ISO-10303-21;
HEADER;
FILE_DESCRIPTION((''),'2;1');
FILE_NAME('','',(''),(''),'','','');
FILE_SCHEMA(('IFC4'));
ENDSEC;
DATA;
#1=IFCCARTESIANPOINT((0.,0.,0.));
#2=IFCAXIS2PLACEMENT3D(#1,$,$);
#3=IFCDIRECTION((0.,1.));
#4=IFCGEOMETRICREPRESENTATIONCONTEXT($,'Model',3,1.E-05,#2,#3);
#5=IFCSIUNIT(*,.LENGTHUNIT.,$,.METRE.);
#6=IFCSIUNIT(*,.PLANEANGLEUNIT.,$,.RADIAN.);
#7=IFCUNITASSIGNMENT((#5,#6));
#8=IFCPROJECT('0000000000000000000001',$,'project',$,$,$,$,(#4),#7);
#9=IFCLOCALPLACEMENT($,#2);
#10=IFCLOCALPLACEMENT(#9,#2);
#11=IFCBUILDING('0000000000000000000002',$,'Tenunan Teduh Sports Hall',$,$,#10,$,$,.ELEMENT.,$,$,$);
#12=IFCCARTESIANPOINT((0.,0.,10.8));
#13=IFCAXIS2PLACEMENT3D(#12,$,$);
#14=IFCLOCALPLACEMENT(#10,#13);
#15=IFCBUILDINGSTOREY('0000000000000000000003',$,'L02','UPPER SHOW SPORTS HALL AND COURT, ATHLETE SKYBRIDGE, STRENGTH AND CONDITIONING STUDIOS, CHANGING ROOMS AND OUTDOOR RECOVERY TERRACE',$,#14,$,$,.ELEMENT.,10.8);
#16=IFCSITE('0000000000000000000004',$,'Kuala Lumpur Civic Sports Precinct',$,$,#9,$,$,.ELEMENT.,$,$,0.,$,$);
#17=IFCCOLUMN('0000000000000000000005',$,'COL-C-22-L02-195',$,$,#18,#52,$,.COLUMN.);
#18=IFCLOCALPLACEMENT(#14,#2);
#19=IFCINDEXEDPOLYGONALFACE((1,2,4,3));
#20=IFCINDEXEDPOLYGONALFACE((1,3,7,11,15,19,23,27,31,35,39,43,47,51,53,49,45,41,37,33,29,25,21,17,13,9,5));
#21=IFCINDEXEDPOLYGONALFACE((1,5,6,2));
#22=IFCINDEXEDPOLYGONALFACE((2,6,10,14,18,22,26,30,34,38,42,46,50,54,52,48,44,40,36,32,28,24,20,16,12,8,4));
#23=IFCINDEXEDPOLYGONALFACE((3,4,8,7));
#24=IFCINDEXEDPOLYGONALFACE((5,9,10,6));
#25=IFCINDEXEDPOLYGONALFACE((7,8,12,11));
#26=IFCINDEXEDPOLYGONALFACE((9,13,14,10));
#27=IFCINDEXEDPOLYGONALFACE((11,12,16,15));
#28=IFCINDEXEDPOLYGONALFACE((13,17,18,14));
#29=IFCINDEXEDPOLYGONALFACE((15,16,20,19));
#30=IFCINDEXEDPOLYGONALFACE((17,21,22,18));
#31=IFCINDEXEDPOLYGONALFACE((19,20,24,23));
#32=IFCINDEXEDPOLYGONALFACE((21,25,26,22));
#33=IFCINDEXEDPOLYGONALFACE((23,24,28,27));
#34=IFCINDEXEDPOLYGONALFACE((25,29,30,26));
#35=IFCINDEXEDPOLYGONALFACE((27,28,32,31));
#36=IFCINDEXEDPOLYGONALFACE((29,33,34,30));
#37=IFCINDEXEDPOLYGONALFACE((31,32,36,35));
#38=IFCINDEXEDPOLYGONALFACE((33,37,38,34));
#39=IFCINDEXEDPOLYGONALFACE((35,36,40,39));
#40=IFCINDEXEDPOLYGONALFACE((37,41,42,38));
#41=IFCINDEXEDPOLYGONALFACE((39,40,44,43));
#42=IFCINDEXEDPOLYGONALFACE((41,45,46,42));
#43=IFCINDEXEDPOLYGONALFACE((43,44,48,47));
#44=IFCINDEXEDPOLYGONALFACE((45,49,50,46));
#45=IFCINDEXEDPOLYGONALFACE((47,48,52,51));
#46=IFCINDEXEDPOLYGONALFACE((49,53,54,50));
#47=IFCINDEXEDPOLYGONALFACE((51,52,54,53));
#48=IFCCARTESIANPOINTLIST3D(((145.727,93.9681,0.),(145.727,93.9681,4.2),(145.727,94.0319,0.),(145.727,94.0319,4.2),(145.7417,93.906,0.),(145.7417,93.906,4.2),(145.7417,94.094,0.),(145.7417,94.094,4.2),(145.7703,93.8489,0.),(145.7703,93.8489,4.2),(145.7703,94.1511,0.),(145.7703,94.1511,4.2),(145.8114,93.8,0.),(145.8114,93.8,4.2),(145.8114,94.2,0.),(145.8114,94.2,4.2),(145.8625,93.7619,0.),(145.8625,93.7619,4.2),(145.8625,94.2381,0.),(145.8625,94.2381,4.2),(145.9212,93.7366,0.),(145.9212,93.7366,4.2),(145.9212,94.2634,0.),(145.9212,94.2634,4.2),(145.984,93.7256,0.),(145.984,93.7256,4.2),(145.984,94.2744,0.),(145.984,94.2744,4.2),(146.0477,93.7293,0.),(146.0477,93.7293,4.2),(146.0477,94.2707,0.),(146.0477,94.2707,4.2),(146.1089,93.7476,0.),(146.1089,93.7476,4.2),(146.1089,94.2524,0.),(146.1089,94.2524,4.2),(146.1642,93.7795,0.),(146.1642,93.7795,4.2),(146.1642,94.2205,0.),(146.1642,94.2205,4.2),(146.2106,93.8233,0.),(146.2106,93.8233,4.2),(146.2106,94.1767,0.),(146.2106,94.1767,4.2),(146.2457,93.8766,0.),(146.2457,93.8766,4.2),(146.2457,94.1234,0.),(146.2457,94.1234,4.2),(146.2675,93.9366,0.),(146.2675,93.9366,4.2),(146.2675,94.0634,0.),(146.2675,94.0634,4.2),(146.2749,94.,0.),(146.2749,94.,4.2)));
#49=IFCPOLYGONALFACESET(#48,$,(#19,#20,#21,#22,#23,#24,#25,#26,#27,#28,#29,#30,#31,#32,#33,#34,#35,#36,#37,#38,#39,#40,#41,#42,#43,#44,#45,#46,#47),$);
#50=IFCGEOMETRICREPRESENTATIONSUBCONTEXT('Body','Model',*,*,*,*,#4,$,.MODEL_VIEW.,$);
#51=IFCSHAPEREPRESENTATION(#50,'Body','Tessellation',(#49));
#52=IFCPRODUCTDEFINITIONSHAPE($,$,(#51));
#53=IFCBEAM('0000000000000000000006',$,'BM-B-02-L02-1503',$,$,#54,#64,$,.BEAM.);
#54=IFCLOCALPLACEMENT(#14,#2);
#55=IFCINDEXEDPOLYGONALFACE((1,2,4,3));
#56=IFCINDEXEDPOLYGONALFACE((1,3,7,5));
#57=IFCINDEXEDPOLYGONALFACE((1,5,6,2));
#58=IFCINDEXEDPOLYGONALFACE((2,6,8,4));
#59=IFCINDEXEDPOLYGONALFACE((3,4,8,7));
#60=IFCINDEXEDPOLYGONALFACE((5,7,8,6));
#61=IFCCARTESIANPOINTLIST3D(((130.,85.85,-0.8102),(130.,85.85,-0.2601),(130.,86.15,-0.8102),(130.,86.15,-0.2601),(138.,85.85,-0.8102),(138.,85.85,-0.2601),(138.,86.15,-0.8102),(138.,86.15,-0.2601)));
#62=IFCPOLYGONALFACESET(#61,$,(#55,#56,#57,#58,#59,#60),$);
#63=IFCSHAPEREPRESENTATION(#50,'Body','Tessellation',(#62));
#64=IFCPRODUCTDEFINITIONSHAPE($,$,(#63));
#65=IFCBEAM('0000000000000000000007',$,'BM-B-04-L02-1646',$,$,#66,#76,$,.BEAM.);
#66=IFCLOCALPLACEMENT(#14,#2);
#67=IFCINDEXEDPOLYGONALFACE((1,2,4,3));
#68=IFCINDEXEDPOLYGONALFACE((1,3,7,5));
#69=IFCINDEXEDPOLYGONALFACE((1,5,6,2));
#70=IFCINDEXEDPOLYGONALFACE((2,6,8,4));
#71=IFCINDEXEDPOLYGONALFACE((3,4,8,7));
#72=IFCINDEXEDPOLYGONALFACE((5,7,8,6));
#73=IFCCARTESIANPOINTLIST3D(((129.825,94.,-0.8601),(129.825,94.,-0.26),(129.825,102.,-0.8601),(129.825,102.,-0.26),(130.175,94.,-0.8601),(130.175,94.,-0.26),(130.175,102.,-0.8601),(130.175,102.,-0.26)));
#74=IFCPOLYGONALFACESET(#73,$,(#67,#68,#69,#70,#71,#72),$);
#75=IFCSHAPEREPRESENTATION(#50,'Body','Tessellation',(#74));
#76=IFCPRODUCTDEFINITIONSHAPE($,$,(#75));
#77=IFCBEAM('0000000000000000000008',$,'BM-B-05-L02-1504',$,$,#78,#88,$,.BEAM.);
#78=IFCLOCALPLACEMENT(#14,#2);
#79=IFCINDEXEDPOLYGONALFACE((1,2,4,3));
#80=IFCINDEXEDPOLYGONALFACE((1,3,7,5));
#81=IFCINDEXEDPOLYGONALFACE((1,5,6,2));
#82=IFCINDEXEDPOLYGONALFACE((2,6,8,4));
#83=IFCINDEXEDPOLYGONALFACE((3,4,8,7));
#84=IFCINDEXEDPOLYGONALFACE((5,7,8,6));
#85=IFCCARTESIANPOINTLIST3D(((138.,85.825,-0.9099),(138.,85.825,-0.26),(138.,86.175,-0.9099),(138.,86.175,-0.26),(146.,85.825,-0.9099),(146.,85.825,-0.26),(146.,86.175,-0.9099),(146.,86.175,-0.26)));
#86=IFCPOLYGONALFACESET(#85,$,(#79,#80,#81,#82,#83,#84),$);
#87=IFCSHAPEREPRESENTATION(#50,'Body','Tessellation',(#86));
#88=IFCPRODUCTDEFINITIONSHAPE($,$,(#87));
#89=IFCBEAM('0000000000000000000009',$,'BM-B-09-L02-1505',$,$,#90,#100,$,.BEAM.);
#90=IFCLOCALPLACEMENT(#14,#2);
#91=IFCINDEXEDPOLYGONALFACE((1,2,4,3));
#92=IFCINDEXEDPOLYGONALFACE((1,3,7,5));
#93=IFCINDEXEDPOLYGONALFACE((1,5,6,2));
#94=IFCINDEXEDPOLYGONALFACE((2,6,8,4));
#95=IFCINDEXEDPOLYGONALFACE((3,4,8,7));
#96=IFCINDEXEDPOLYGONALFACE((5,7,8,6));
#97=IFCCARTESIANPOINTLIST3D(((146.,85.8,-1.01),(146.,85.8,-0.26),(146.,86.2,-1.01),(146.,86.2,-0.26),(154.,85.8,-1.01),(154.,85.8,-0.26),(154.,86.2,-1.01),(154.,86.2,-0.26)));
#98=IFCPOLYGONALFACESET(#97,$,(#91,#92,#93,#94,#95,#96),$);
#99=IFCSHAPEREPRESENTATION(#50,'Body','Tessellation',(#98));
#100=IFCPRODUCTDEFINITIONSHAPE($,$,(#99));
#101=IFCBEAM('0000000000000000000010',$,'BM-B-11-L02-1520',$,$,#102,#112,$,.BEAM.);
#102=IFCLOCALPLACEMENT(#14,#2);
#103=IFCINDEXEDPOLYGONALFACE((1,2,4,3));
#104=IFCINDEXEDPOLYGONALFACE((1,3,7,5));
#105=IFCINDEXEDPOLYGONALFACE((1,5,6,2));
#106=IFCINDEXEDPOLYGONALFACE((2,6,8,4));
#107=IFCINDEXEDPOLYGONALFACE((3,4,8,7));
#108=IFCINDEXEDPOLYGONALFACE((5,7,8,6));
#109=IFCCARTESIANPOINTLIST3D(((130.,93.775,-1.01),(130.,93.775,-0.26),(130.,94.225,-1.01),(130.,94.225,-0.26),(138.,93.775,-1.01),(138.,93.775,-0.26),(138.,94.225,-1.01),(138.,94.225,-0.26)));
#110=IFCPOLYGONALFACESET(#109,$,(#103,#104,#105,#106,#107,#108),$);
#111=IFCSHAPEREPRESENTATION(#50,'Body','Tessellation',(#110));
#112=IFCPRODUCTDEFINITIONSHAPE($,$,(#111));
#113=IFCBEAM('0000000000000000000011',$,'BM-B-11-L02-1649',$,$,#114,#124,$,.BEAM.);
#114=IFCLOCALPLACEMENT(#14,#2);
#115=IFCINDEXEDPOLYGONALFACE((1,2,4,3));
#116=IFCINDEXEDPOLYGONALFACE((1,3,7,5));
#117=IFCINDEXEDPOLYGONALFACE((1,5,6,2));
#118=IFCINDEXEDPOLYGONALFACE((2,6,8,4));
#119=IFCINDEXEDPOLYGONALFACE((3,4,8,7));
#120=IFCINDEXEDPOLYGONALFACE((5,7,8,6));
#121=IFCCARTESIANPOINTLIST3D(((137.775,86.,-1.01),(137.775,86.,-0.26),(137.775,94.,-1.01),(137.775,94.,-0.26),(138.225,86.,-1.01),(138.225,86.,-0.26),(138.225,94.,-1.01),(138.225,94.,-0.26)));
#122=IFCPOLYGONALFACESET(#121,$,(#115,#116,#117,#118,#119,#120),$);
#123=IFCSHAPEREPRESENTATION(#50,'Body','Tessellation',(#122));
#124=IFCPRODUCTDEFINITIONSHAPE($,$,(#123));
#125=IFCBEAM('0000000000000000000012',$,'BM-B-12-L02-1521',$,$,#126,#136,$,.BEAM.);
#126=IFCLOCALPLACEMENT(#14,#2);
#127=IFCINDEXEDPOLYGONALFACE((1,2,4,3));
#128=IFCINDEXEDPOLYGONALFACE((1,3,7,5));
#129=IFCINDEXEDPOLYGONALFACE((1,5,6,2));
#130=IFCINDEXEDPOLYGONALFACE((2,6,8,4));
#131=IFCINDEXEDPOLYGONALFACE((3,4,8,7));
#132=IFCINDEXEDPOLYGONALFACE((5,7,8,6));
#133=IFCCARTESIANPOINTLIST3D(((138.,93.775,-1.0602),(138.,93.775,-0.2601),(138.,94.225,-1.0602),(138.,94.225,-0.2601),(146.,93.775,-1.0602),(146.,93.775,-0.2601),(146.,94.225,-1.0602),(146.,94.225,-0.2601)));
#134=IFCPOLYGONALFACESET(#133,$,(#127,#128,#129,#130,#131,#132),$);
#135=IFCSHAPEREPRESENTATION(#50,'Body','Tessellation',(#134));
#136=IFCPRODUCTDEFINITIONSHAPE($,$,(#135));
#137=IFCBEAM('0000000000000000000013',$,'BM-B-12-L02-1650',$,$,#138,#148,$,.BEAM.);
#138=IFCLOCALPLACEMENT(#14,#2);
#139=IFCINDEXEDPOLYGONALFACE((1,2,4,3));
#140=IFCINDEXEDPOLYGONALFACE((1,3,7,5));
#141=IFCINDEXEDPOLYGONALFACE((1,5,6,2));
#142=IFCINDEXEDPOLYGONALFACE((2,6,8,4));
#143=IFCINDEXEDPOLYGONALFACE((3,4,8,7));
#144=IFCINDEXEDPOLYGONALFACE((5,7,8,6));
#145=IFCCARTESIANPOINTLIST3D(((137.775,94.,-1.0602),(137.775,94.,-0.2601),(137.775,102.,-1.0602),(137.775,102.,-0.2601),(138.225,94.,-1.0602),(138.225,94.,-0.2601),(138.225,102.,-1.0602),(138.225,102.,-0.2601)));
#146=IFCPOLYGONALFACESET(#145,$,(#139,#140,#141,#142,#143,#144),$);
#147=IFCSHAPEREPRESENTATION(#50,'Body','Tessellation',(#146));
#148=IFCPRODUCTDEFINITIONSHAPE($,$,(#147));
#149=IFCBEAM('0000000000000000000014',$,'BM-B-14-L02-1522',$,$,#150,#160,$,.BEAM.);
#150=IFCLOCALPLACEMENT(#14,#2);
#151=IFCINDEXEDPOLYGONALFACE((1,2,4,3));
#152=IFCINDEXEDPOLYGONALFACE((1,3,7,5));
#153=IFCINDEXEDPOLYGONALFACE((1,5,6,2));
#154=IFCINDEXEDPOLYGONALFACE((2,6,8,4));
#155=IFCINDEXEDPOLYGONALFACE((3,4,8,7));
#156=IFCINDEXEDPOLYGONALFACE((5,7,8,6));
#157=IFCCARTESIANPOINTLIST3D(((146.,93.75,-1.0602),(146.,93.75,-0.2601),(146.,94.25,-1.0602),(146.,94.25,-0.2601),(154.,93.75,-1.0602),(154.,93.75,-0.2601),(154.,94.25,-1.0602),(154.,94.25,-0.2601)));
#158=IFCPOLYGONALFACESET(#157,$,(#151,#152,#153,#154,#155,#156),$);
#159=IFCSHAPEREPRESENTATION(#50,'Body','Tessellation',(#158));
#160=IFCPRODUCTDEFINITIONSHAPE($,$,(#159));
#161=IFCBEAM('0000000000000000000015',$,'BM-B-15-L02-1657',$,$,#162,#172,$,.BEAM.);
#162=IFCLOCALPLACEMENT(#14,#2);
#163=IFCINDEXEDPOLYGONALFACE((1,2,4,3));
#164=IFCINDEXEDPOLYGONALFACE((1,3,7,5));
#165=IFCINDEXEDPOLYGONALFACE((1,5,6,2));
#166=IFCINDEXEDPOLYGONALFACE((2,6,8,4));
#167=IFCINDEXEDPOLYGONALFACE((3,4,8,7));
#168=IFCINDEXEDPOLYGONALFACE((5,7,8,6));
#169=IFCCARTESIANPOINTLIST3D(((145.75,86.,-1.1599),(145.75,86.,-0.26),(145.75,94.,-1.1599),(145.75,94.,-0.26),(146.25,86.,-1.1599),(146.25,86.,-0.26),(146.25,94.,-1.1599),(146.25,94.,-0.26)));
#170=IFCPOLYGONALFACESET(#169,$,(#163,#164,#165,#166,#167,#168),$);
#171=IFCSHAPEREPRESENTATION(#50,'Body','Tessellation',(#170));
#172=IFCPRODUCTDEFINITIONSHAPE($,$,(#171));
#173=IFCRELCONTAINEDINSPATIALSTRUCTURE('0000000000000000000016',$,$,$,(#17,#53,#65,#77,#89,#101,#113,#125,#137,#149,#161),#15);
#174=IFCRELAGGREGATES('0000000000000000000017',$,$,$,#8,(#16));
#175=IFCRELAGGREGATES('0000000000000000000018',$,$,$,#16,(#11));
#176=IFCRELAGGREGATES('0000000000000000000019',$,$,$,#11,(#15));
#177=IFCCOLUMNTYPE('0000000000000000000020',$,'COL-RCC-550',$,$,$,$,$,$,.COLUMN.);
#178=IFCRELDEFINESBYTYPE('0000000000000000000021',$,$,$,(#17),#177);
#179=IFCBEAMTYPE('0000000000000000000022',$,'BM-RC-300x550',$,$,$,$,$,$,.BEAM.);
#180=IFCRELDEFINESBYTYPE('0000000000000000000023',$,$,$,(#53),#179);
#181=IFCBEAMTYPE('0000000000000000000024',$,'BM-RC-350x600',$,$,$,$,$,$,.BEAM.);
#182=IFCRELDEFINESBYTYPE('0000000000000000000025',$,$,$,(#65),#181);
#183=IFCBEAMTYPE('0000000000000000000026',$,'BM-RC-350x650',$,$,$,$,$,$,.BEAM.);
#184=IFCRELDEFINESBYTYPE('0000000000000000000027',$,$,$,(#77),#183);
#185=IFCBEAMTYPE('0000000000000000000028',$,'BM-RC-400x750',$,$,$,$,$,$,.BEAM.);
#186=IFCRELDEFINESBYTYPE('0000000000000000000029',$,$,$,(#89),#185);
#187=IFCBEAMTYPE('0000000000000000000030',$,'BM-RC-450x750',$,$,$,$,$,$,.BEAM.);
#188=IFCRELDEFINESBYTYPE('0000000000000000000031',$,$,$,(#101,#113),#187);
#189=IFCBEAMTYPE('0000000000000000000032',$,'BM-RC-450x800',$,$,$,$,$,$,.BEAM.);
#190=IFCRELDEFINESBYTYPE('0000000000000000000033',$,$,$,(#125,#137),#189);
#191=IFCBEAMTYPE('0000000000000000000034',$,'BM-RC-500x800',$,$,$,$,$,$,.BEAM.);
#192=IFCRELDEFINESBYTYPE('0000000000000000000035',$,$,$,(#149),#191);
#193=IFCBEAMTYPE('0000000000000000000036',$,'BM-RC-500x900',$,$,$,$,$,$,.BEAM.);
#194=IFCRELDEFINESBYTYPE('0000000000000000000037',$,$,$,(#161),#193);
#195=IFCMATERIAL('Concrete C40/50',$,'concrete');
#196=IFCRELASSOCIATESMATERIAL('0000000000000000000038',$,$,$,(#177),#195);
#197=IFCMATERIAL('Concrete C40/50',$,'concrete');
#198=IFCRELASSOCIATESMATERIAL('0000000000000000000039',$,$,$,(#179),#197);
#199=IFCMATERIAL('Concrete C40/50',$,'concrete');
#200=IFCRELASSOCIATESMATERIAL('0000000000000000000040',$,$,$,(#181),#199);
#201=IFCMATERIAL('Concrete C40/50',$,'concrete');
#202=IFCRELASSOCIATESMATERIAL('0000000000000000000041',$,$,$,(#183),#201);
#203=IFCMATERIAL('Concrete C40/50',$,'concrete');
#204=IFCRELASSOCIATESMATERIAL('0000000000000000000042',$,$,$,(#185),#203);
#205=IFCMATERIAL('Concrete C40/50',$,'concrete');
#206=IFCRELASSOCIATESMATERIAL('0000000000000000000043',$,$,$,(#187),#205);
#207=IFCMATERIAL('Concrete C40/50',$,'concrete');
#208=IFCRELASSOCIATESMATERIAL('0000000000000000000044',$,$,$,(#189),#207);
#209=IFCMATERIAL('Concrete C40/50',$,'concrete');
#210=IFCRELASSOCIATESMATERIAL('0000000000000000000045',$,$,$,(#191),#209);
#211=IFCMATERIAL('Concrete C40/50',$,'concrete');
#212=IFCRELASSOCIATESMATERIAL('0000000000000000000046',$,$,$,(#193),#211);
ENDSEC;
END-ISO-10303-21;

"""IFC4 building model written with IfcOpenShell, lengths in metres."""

from ifc_helpers import new_model, si_unit, direction, frame, origin, origin_2d, place, context, subcontext, project, spatial, rectangle, circle, extrude, material, material_profile, profile_set, type_object, element, save


model = new_model("IFC4")

# Units and contexts
model_context = context("Model", 3, precision=1e-05, world=origin(), true_north=direction((0.0, 1.0)))
body_context = subcontext(model_context, "Body", "Model", "MODEL_VIEW")
ifc_project = project(units=[si_unit("LENGTHUNIT", "METRE"), si_unit("PLANEANGLEUNIT", "RADIAN")], contexts=[model_context])

# Site, building, storey
site_placement = place(None, origin())
site = spatial("IfcSite", under=ifc_project, at=site_placement, Name="Kuala Lumpur Civic Sports Precinct", CompositionType="ELEMENT", RefElevation=0.0)
building_placement = place(site_placement, origin())
building = spatial("IfcBuilding", under=site, at=building_placement, Name="Tenunan Teduh Sports Hall", CompositionType="ELEMENT")
storey_placement = place(building_placement, frame((0.0, 0.0, 10.8)))
storey = spatial("IfcBuildingStorey", under=building, at=storey_placement, Name="L02", Description="UPPER SHOW SPORTS HALL AND COURT, ATHLETE SKYBRIDGE, STRENGTH AND CONDITIONING STUDIOS, CHANGING ROOMS AND OUTDOOR RECOVERY TERRACE", CompositionType="ELEMENT", Elevation=10.8)

# Column
ifc_material_1 = material(Name="Concrete C40/50", Category="concrete")
ifc_material_profile_1 = material_profile(ifc_material_1, circle(Radius=0.2749, at=origin_2d()), Name="RCC D550")
ifc_profile_set_1 = profile_set([ifc_material_profile_1], Name="Concrete C40/50")
column_type = type_object("IfcColumnType", Name="COL-RCC-550", PredefinedType="COLUMN", material=ifc_profile_set_1)
column_placement = place(storey_placement, frame((146.0, 94.0, 0.0), z_axis=(0.0, 0.0, 1.0), x_axis=(1.0, 0.0, 0.0)))
element("IfcColumn", 1, at=column_placement, inside=storey, type_object=column_type, Name="COL-C-22-L02-195", PredefinedType="COLUMN", context=body_context, shape_type="SweptSolid", body=[
    extrude(circle(Radius=0.2749, at=origin_2d()), origin(), (0.0, 0.0, 1.0), 4.2),
])

# Beams
ifc_material_2 = material(Name="Concrete C40/50", Category="concrete")
ifc_material_profile_2 = material_profile(ifc_material_2, rectangle(XDim=0.3, YDim=0.55, at=origin_2d()), Name="RCB 300x550")
ifc_profile_set_2 = profile_set([ifc_material_profile_2], Name="Concrete C40/50")
beam_type_1 = type_object("IfcBeamType", Name="BM-RC-300x550", PredefinedType="BEAM", material=ifc_profile_set_2)
beam_1_placement = place(storey_placement, frame((130.0, 86.0, -0.5352), z_axis=(1.0, 0.0, 0.0), x_axis=(0.0, 1.0, 0.0)))
element("IfcBeam", 2, at=beam_1_placement, inside=storey, type_object=beam_type_1, Name="BM-B-02-L02-1503", PredefinedType="BEAM", context=body_context, shape_type="SweptSolid", body=[
    extrude(rectangle(XDim=0.3, YDim=0.55, at=origin_2d()), origin(), (0.0, 0.0, 1.0), 8.0),
])
ifc_material_3 = material(Name="Concrete C40/50", Category="concrete")
ifc_material_profile_3 = material_profile(ifc_material_3, rectangle(XDim=0.3501, YDim=0.6001, at=origin_2d()), Name="RCB 350x600")
ifc_profile_set_3 = profile_set([ifc_material_profile_3], Name="Concrete C40/50")
beam_type_2 = type_object("IfcBeamType", Name="BM-RC-350x600", PredefinedType="BEAM", material=ifc_profile_set_3)
beam_2_placement = place(storey_placement, frame((130.0, 94.0, -0.5601), z_axis=(0.0, 1.0, 0.0), x_axis=(-1.0, 0.0, 0.0)))
element("IfcBeam", 3, at=beam_2_placement, inside=storey, type_object=beam_type_2, Name="BM-B-04-L02-1646", PredefinedType="BEAM", context=body_context, shape_type="SweptSolid", body=[
    extrude(rectangle(XDim=0.3501, YDim=0.6001, at=origin_2d()), origin(), (0.0, 0.0, 1.0), 8.0),
])
ifc_material_4 = material(Name="Concrete C40/50", Category="concrete")
ifc_material_profile_4 = material_profile(ifc_material_4, rectangle(XDim=0.3501, YDim=0.6499, at=origin_2d()), Name="RCB 350x650")
ifc_profile_set_4 = profile_set([ifc_material_profile_4], Name="Concrete C40/50")
beam_type_3 = type_object("IfcBeamType", Name="BM-RC-350x650", PredefinedType="BEAM", material=ifc_profile_set_4)
beam_3_placement = place(storey_placement, frame((138.0, 86.0, -0.585), z_axis=(1.0, 0.0, 0.0), x_axis=(0.0, 1.0, 0.0)))
element("IfcBeam", 4, at=beam_3_placement, inside=storey, type_object=beam_type_3, Name="BM-B-05-L02-1504", PredefinedType="BEAM", context=body_context, shape_type="SweptSolid", body=[
    extrude(rectangle(XDim=0.3501, YDim=0.6499, at=origin_2d()), origin(), (0.0, 0.0, 1.0), 8.0),
])
ifc_material_5 = material(Name="Concrete C40/50", Category="concrete")
ifc_material_profile_5 = material_profile(ifc_material_5, rectangle(XDim=0.3999, YDim=0.75, at=origin_2d()), Name="RCB 400x750")
ifc_profile_set_5 = profile_set([ifc_material_profile_5], Name="Concrete C40/50")
beam_type_4 = type_object("IfcBeamType", Name="BM-RC-400x750", PredefinedType="BEAM", material=ifc_profile_set_5)
beam_4_placement = place(storey_placement, frame((146.0, 86.0, -0.635), z_axis=(1.0, 0.0, 0.0), x_axis=(0.0, 1.0, 0.0)))
element("IfcBeam", 5, at=beam_4_placement, inside=storey, type_object=beam_type_4, Name="BM-B-09-L02-1505", PredefinedType="BEAM", context=body_context, shape_type="SweptSolid", body=[
    extrude(rectangle(XDim=0.3999, YDim=0.75, at=origin_2d()), origin(), (0.0, 0.0, 1.0), 8.0),
])
ifc_material_6 = material(Name="Concrete C40/50", Category="concrete")
ifc_material_profile_6 = material_profile(ifc_material_6, rectangle(XDim=0.45, YDim=0.75, at=origin_2d()), Name="RCB 450x750")
ifc_profile_set_6 = profile_set([ifc_material_profile_6], Name="Concrete C40/50")
beam_type_5 = type_object("IfcBeamType", Name="BM-RC-450x750", PredefinedType="BEAM", material=ifc_profile_set_6)
for number, where, z_axis, x_axis, name in (
    (6, (130.0, 94.0, -0.635), (1.0, 0.0, 0.0), (0.0, 1.0, 0.0), "BM-B-11-L02-1520"),
    (7, (138.0, 86.0, -0.635), (0.0, 1.0, 0.0), (-1.0, 0.0, 0.0), "BM-B-11-L02-1649"),
):
    element("IfcBeam", number, at=place(storey_placement, frame(where, z_axis=z_axis, x_axis=x_axis)), inside=storey, type_object=beam_type_5, Name=name, PredefinedType="BEAM", context=body_context, shape_type="SweptSolid", body=[
        extrude(rectangle(XDim=0.45, YDim=0.75, at=origin_2d()), origin(), (0.0, 0.0, 1.0), 8.0),
    ])
ifc_material_7 = material(Name="Concrete C40/50", Category="concrete")
ifc_material_profile_7 = material_profile(ifc_material_7, rectangle(XDim=0.45, YDim=0.8, at=origin_2d()), Name="RCB 450x800")
ifc_profile_set_7 = profile_set([ifc_material_profile_7], Name="Concrete C40/50")
beam_type_6 = type_object("IfcBeamType", Name="BM-RC-450x800", PredefinedType="BEAM", material=ifc_profile_set_7)
for number, where, z_axis, x_axis, name in (
    (8, (138.0, 94.0, -0.6602), (1.0, 0.0, 0.0), (0.0, 1.0, 0.0), "BM-B-12-L02-1521"),
    (9, (138.0, 94.0, -0.6602), (0.0, 1.0, 0.0), (-1.0, 0.0, 0.0), "BM-B-12-L02-1650"),
):
    element("IfcBeam", number, at=place(storey_placement, frame(where, z_axis=z_axis, x_axis=x_axis)), inside=storey, type_object=beam_type_6, Name=name, PredefinedType="BEAM", context=body_context, shape_type="SweptSolid", body=[
        extrude(rectangle(XDim=0.45, YDim=0.8, at=origin_2d()), origin(), (0.0, 0.0, 1.0), 8.0),
    ])
ifc_material_8 = material(Name="Concrete C40/50", Category="concrete")
ifc_material_profile_8 = material_profile(ifc_material_8, rectangle(XDim=0.5, YDim=0.8, at=origin_2d()), Name="RCB 500x800")
ifc_profile_set_8 = profile_set([ifc_material_profile_8], Name="Concrete C40/50")
beam_type_7 = type_object("IfcBeamType", Name="BM-RC-500x800", PredefinedType="BEAM", material=ifc_profile_set_8)
beam_5_placement = place(storey_placement, frame((146.0, 94.0, -0.6602), z_axis=(1.0, 0.0, 0.0), x_axis=(0.0, 1.0, 0.0)))
element("IfcBeam", 10, at=beam_5_placement, inside=storey, type_object=beam_type_7, Name="BM-B-14-L02-1522", PredefinedType="BEAM", context=body_context, shape_type="SweptSolid", body=[
    extrude(rectangle(XDim=0.5, YDim=0.8, at=origin_2d()), origin(), (0.0, 0.0, 1.0), 8.0),
])
ifc_material_9 = material(Name="Concrete C40/50", Category="concrete")
ifc_material_profile_9 = material_profile(ifc_material_9, rectangle(XDim=0.5, YDim=0.8999, at=origin_2d()), Name="RCB 500x900")
ifc_profile_set_9 = profile_set([ifc_material_profile_9], Name="Concrete C40/50")
beam_type_8 = type_object("IfcBeamType", Name="BM-RC-500x900", PredefinedType="BEAM", material=ifc_profile_set_9)
beam_6_placement = place(storey_placement, frame((146.0, 86.0, -0.71), z_axis=(0.0, 1.0, 0.0), x_axis=(-1.0, 0.0, 0.0)))
element("IfcBeam", 11, at=beam_6_placement, inside=storey, type_object=beam_type_8, Name="BM-B-15-L02-1657", PredefinedType="BEAM", context=body_context, shape_type="SweptSolid", body=[
    extrude(rectangle(XDim=0.5, YDim=0.8999, at=origin_2d()), origin(), (0.0, 0.0, 1.0), 8.0),
])

save(model, "model.ifc")
